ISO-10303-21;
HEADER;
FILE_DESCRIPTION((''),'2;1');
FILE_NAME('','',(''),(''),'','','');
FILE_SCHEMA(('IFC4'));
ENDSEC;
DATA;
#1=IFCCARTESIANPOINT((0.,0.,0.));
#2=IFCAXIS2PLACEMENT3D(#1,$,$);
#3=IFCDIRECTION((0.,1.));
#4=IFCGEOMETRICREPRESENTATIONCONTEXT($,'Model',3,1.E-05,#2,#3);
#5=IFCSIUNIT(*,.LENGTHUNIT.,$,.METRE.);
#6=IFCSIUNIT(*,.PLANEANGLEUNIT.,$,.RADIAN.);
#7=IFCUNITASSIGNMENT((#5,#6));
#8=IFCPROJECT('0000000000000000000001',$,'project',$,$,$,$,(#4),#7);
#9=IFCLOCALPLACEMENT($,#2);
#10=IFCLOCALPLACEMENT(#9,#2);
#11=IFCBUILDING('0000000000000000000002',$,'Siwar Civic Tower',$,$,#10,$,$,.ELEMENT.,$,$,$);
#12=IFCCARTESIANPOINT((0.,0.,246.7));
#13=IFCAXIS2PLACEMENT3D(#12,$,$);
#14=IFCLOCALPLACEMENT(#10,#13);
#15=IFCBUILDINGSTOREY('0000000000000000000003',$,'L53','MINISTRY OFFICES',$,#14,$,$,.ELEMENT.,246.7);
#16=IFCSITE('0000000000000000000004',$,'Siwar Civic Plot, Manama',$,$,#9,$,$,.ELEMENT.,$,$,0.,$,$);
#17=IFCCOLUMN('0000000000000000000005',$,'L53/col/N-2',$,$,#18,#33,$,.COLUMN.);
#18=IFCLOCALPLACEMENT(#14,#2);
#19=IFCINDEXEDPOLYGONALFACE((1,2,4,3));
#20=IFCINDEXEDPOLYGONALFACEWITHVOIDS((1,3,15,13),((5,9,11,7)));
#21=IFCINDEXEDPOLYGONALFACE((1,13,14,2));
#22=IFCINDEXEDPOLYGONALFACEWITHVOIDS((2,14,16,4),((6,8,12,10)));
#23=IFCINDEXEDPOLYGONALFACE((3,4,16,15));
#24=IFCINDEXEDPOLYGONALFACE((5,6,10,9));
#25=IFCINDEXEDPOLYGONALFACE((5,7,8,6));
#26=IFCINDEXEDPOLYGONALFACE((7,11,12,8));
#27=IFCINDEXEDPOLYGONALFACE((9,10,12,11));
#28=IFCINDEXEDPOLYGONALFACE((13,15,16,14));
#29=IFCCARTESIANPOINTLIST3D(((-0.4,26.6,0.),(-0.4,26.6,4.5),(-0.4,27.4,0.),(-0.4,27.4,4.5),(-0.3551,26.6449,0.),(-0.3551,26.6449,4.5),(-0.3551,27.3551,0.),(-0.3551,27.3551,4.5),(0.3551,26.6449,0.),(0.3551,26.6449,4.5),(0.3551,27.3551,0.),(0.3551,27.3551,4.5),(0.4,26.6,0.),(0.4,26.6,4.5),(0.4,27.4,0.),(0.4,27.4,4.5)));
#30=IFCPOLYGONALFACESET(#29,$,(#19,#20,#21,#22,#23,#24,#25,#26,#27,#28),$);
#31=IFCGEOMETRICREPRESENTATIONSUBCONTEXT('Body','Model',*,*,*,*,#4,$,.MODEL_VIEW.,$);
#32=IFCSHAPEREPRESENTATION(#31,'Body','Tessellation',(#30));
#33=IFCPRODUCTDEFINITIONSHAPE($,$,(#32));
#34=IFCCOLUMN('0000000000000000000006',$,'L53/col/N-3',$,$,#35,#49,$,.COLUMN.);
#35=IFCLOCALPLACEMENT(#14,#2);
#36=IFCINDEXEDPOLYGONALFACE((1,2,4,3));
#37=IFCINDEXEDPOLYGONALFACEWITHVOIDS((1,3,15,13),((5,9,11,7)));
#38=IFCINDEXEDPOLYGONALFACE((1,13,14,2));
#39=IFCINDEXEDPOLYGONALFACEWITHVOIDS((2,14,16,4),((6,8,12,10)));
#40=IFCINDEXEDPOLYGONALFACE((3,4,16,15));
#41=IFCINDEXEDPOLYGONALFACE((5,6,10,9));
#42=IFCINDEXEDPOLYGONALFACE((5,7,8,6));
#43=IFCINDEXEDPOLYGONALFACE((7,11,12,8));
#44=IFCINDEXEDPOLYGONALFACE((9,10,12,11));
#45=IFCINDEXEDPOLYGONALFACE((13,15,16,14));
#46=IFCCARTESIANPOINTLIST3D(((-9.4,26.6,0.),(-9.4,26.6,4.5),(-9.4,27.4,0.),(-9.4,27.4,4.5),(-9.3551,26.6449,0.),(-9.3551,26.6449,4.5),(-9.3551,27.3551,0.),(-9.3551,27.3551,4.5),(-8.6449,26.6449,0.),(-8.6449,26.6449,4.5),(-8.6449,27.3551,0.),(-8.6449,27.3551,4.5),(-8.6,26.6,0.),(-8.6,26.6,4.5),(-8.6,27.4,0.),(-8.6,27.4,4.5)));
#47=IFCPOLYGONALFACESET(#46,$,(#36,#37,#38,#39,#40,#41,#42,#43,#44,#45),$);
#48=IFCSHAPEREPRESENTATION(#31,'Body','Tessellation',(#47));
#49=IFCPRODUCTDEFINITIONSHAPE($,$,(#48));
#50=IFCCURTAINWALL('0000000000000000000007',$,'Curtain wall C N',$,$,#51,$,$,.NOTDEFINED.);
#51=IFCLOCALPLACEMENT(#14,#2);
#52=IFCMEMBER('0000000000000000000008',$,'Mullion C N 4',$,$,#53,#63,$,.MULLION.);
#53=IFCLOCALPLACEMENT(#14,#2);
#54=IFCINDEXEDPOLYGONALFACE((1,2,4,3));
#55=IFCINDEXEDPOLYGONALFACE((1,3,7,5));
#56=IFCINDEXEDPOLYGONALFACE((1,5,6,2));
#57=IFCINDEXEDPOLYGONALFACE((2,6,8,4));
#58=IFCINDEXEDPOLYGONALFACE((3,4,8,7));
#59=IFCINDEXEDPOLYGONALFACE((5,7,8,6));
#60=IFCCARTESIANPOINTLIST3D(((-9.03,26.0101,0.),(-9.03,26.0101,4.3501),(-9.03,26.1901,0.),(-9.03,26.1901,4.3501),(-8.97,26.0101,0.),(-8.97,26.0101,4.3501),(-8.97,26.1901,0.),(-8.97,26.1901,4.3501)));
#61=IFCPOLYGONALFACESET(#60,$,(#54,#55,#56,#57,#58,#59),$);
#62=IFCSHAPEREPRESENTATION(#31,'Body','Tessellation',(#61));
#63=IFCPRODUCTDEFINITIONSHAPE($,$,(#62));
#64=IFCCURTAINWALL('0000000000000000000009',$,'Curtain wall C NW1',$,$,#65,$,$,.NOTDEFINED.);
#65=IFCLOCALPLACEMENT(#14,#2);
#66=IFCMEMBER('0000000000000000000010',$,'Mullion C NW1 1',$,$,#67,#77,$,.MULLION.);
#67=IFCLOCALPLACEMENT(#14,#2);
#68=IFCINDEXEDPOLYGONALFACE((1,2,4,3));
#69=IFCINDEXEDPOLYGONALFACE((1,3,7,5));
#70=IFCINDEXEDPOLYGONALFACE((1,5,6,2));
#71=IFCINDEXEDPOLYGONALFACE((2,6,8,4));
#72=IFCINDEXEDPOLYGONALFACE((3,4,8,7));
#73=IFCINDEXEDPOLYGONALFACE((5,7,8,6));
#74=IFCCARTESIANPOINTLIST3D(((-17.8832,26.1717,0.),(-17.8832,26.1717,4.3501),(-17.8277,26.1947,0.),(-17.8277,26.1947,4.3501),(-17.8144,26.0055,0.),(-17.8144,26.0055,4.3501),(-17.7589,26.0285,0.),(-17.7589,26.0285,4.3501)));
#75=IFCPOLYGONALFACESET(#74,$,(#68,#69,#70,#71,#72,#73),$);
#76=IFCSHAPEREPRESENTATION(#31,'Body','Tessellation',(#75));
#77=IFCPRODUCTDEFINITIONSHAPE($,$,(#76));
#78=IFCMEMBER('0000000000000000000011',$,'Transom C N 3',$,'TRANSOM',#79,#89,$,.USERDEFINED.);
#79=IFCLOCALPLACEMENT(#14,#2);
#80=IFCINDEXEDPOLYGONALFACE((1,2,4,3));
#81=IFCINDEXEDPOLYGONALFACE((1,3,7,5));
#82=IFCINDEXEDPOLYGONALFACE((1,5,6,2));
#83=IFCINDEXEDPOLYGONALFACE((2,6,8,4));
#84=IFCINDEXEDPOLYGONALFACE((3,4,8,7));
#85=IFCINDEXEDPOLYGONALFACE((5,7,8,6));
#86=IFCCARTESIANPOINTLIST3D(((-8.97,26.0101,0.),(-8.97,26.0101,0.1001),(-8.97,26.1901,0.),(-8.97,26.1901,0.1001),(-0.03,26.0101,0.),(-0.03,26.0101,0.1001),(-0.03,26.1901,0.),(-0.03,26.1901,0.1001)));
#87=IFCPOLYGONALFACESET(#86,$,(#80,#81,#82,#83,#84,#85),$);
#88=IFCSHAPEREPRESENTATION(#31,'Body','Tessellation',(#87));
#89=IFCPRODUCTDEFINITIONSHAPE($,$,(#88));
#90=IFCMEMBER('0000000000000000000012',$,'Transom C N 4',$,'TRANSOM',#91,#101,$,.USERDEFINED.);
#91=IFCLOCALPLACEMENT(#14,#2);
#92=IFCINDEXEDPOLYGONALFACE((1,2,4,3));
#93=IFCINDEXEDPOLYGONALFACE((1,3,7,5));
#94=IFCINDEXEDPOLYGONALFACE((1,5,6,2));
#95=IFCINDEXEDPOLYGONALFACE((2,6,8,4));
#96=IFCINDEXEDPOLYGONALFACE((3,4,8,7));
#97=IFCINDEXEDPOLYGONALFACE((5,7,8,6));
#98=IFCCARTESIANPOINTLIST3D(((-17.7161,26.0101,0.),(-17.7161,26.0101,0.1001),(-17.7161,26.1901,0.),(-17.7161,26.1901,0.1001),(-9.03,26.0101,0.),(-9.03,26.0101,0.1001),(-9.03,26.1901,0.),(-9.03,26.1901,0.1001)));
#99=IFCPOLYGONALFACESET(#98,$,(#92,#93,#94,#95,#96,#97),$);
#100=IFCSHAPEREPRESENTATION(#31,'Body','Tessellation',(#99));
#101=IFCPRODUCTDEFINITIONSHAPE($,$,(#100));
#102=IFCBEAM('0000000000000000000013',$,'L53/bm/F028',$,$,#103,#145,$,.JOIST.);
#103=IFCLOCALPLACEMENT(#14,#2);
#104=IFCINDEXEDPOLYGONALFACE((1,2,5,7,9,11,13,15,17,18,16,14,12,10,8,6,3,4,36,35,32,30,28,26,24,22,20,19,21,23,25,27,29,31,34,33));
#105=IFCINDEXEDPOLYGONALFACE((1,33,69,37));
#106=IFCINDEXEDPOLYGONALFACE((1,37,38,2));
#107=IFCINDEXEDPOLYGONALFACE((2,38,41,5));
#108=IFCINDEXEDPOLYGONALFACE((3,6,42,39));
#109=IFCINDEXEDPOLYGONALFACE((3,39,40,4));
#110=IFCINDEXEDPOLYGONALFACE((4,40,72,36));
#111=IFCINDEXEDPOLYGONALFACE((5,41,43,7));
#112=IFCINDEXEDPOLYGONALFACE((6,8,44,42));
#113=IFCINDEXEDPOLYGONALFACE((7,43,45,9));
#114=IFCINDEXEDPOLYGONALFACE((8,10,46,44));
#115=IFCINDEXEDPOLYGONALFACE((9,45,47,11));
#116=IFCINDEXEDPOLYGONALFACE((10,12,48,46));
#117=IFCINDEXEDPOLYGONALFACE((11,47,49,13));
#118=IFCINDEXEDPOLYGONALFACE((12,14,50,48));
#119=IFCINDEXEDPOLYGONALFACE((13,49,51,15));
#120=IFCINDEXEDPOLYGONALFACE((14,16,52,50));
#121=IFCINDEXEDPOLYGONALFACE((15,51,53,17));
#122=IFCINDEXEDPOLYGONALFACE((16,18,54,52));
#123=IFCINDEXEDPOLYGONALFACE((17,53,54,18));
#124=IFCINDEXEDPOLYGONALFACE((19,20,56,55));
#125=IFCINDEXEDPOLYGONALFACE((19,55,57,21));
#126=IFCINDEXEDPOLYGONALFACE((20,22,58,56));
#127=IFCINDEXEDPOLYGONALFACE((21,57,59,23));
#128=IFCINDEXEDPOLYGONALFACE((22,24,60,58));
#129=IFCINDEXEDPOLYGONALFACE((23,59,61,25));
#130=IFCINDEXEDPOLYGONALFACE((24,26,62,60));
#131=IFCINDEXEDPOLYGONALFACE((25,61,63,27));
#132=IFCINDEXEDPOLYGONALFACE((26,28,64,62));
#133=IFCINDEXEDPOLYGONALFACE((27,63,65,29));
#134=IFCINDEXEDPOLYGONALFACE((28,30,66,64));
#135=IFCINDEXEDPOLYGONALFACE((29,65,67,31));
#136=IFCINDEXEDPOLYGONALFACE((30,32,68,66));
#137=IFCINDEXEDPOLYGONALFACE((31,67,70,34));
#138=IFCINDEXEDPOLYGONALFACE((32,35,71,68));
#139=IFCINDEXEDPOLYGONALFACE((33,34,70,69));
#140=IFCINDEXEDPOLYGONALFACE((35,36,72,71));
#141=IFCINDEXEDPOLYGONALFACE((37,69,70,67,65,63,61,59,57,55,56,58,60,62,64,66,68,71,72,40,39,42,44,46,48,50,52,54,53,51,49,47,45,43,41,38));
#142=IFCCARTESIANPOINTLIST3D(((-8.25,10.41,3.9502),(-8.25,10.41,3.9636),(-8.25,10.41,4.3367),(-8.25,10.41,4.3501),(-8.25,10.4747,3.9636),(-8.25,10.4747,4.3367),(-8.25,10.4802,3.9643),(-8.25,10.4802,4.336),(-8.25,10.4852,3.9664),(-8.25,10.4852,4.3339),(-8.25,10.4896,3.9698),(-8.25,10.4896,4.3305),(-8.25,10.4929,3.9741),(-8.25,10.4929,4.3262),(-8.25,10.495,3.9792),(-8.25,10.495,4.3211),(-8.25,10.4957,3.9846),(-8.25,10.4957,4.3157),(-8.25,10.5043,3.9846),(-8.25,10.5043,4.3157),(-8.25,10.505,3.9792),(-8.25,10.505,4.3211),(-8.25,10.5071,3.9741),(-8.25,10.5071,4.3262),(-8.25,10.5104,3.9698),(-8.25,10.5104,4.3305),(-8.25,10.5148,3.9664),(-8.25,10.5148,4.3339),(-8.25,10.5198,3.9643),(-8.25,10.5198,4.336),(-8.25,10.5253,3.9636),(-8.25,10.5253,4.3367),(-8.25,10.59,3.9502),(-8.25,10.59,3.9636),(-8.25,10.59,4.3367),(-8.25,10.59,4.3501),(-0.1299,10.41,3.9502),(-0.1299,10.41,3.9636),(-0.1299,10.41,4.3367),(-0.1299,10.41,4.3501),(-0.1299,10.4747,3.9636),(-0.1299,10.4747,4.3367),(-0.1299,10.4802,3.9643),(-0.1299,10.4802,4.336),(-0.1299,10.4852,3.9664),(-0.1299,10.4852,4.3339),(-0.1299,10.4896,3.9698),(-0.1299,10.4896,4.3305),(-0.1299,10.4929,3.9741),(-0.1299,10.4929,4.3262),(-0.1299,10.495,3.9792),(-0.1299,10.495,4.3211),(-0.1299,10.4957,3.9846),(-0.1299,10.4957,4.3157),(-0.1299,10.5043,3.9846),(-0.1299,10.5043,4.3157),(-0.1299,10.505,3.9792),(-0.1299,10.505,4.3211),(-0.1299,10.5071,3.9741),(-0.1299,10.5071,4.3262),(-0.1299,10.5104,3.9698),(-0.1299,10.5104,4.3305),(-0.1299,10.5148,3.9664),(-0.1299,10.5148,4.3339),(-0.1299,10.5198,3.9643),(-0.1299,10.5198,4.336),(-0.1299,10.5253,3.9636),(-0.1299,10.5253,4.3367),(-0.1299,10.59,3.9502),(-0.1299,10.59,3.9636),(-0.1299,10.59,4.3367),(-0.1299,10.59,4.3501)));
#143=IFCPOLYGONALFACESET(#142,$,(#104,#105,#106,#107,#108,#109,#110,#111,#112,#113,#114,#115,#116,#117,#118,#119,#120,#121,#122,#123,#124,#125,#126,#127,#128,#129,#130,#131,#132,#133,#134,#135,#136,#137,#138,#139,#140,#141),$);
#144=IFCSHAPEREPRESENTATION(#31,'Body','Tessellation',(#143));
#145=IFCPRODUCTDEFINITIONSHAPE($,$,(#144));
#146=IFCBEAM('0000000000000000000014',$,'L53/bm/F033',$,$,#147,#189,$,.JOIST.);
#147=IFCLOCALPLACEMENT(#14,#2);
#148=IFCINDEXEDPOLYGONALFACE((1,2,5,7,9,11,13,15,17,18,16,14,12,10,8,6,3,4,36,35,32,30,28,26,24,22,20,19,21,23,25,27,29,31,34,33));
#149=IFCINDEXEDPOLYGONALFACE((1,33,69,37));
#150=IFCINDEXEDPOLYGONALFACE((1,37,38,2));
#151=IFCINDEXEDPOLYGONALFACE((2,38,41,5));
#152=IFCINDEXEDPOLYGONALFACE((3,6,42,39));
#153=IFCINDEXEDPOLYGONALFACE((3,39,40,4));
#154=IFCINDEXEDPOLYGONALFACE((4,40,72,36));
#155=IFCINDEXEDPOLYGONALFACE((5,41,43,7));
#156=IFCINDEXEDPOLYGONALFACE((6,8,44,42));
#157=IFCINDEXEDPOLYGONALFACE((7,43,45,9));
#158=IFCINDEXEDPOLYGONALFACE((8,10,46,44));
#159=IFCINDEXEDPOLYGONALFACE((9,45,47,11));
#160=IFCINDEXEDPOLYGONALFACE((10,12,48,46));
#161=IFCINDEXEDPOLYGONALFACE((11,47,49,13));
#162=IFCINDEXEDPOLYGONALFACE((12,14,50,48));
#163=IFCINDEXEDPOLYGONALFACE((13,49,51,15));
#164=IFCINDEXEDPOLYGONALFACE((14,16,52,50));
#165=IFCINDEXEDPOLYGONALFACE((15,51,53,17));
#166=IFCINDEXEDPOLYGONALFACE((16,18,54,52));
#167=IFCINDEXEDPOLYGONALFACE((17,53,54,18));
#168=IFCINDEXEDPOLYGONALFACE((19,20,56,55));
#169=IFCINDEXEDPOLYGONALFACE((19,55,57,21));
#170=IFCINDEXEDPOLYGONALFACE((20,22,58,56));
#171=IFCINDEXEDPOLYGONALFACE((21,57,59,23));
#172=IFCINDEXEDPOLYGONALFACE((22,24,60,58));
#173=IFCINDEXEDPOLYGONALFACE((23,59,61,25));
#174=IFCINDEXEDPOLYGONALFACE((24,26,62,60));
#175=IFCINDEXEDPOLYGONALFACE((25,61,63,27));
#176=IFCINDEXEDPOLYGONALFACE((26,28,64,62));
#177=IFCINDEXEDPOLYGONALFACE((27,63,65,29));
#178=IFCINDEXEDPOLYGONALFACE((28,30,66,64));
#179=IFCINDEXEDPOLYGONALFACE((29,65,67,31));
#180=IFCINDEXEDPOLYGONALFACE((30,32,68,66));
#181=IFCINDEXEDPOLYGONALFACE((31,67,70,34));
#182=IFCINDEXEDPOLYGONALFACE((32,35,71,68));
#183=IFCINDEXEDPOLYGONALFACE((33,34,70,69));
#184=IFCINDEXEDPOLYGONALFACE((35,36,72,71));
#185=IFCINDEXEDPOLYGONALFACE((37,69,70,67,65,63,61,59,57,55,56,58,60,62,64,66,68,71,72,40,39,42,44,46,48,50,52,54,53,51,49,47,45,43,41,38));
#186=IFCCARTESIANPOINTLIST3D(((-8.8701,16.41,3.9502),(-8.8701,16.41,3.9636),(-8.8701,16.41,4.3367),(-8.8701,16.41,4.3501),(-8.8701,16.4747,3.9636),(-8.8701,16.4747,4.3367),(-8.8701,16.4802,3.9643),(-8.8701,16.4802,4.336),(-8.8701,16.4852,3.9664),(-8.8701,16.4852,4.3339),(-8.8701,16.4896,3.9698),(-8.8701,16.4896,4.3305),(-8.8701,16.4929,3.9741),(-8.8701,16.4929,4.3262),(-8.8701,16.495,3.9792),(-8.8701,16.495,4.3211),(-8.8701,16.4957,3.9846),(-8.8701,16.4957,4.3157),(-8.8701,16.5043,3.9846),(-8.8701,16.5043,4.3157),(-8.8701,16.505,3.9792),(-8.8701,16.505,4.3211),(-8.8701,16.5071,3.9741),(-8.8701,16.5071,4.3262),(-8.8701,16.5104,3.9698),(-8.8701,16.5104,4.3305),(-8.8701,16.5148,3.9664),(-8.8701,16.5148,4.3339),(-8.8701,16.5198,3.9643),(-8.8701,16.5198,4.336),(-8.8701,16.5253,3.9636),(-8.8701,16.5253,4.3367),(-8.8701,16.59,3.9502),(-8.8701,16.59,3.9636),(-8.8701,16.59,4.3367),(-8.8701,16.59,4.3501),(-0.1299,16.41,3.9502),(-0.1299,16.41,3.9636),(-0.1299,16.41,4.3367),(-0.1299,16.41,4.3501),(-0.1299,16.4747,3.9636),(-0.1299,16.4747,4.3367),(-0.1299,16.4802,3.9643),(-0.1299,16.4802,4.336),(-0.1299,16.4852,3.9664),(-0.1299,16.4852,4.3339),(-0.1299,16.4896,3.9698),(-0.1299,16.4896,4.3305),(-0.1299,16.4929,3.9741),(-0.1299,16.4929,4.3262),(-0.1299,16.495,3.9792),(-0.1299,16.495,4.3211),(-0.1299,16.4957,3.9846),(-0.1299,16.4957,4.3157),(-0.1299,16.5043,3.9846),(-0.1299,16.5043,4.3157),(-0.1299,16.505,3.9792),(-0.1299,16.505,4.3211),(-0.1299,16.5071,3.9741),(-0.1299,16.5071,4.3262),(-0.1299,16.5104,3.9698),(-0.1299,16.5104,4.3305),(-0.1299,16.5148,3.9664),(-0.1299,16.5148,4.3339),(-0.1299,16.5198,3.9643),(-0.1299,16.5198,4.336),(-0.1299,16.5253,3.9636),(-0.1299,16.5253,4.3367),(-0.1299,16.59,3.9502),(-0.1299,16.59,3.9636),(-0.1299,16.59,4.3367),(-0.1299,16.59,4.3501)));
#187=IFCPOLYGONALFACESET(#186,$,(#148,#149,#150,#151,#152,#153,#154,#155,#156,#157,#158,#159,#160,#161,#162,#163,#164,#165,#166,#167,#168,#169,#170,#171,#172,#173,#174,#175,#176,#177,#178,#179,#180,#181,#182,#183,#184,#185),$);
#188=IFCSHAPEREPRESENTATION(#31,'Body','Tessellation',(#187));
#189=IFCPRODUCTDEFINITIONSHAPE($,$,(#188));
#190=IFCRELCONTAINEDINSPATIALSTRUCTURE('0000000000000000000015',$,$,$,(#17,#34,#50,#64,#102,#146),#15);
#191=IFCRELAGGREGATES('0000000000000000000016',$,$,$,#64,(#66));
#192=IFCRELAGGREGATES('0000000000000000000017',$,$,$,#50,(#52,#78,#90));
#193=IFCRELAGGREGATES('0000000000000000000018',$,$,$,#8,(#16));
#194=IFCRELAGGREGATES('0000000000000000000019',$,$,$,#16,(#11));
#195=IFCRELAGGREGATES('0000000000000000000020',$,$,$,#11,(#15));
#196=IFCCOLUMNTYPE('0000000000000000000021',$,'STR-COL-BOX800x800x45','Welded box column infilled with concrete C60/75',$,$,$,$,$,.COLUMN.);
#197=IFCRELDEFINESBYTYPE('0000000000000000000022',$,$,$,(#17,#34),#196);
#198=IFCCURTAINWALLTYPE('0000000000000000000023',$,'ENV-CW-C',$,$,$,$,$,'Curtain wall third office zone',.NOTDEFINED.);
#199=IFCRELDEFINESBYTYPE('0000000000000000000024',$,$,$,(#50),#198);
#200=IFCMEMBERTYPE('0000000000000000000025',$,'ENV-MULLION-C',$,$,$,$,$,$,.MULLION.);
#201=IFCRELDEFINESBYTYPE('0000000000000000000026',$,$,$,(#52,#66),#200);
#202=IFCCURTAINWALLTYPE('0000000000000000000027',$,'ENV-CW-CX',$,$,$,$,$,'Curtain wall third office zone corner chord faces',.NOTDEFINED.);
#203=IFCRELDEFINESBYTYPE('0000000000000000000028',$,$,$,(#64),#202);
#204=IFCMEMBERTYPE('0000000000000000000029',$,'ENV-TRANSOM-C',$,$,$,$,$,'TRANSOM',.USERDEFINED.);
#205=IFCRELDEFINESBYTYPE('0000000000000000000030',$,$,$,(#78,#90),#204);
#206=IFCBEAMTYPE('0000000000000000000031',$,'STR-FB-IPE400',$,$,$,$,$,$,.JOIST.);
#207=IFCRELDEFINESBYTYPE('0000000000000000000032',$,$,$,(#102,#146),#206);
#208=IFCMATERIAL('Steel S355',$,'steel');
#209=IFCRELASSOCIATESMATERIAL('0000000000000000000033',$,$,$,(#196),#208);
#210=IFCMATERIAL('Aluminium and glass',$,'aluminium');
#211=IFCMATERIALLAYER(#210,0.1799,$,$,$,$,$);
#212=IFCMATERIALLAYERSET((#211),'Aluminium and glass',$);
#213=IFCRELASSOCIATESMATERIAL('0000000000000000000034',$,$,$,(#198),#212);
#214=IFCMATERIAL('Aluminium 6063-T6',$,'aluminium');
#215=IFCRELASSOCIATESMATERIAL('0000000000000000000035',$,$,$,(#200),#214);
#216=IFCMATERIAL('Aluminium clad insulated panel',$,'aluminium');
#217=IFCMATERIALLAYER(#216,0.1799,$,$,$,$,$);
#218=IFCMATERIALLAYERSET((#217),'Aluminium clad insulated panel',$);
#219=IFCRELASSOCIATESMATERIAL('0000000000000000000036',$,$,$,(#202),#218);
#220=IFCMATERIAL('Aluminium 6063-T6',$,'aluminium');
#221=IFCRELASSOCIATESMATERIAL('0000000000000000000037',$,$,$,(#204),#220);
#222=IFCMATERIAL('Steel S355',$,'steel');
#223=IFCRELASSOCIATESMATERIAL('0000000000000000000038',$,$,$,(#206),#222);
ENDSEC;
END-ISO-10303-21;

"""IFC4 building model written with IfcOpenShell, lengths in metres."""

from ifc_helpers import new_model, si_unit, direction, frame, origin, origin_2d, place, context, subcontext, project, spatial, rectangle, hollow_rectangle, i_section, extrude, material, layer, layer_set, material_profile, profile_set, type_object, element, aggregate, save


model = new_model("IFC4")

# Units and contexts
model_context = context("Model", 3, precision=1e-05, world=origin(), true_north=direction((0.0, 1.0)))
body_context = subcontext(model_context, "Body", "Model", "MODEL_VIEW")
ifc_project = project(units=[si_unit("LENGTHUNIT", "METRE"), si_unit("PLANEANGLEUNIT", "RADIAN")], contexts=[model_context])

# Site, building, storey
site_placement = place(None, origin())
site = spatial("IfcSite", under=ifc_project, at=site_placement, Name="Siwar Civic Plot, Manama", CompositionType="ELEMENT", RefElevation=0.0)
building_placement = place(site_placement, origin())
building = spatial("IfcBuilding", under=site, at=building_placement, Name="Siwar Civic Tower", CompositionType="ELEMENT")
storey_placement = place(building_placement, frame((0.0, 0.0, 246.7)))
storey = spatial("IfcBuildingStorey", under=building, at=storey_placement, Name="L53", Description="MINISTRY OFFICES", CompositionType="ELEMENT", Elevation=246.7)

# Columns
ifc_material_1 = material(Name="Steel S355", Category="steel")
ifc_material_profile_1 = material_profile(ifc_material_1, hollow_rectangle(XDim=0.8, YDim=0.8, WallThickness=0.0449, at=origin_2d()), Name="BOX800x800x45")
ifc_profile_set_1 = profile_set([ifc_material_profile_1], Name="Steel S355")
column_type = type_object("IfcColumnType", Name="STR-COL-BOX800x800x45", Description="Welded box column infilled with concrete C60/75", PredefinedType="COLUMN", material=ifc_profile_set_1)
for number, where, z_axis, x_axis, name in (
    (1, (0.0, 27.0, 0.0), (0.0, 0.0, 1.0), (1.0, 0.0, 0.0), "L53/col/N-2"),
    (2, (-9.0, 27.0, 0.0), (0.0, 0.0, 1.0), (1.0, 0.0, 0.0), "L53/col/N-3"),
):
    element("IfcColumn", number, at=place(storey_placement, frame(where, z_axis=z_axis, x_axis=x_axis)), inside=storey, type_object=column_type, Name=name, PredefinedType="COLUMN", context=body_context, shape_type="SweptSolid", body=[
        extrude(hollow_rectangle(XDim=0.8, YDim=0.8, WallThickness=0.0449, at=origin_2d()), origin(), (0.0, 0.0, 1.0), 4.5),
    ])

# Curtain walls, members
ifc_material_2 = material(Name="Aluminium and glass", Category="aluminium")
ifc_layer_1 = layer(ifc_material_2, 0.1799)
ifc_layer_set_1 = layer_set([ifc_layer_1], Name="Aluminium and glass")
curtain_wall_type_1 = type_object("IfcCurtainWallType", Name="ENV-CW-C", ElementType="Curtain wall third office zone", PredefinedType="NOTDEFINED", material=ifc_layer_set_1)
curtain_wall_1_placement = place(storey_placement, origin())
curtain_wall_1 = element("IfcCurtainWall", 3, at=curtain_wall_1_placement, inside=storey, type_object=curtain_wall_type_1, Name="Curtain wall C N", PredefinedType="NOTDEFINED")
ifc_material_3 = material(Name="Aluminium 6063-T6", Category="aluminium")
ifc_material_profile_2 = material_profile(ifc_material_3, rectangle(XDim=0.1799, YDim=0.0601, at=origin_2d()), Name="AL 180x60")
ifc_profile_set_2 = profile_set([ifc_material_profile_2], Name="Aluminium 6063-T6")
member_type_1 = type_object("IfcMemberType", Name="ENV-MULLION-C", PredefinedType="MULLION", material=ifc_profile_set_2)
member_1_placement = place(storey_placement, frame((-9.0, 26.1001, 0.0), z_axis=(0.0, 0.0, 1.0), x_axis=(0.0, -1.0, 0.0)))
member_1 = element("IfcMember", 4, at=member_1_placement, type_object=member_type_1, Name="Mullion C N 4", PredefinedType="MULLION", context=body_context, shape_type="SweptSolid", body=[
    extrude(rectangle(XDim=0.1799, YDim=0.0601, at=origin_2d()), origin(), (0.0, 0.0, 1.0), 4.3501),
])
ifc_material_4 = material(Name="Aluminium clad insulated panel", Category="aluminium")
ifc_layer_2 = layer(ifc_material_4, 0.1799)
ifc_layer_set_2 = layer_set([ifc_layer_2], Name="Aluminium clad insulated panel")
curtain_wall_type_2 = type_object("IfcCurtainWallType", Name="ENV-CW-CX", ElementType="Curtain wall third office zone corner chord faces", PredefinedType="NOTDEFINED", material=ifc_layer_set_2)
curtain_wall_2_placement = place(storey_placement, origin())
curtain_wall_2 = element("IfcCurtainWall", 5, at=curtain_wall_2_placement, inside=storey, type_object=curtain_wall_type_2, Name="Curtain wall C NW1", PredefinedType="NOTDEFINED")
member_2_placement = place(storey_placement, frame((-17.821, 26.1001, 0.0), z_axis=(0.0, 0.0, 1.0), x_axis=(0.382683, -0.92388, 0.0)))
member_2 = element("IfcMember", 6, at=member_2_placement, type_object=member_type_1, Name="Mullion C NW1 1", PredefinedType="MULLION", context=body_context, shape_type="SweptSolid", body=[
    extrude(rectangle(XDim=0.1799, YDim=0.0601, at=origin_2d()), origin(), (0.0, 0.0, 1.0), 4.3501),
])
aggregate(curtain_wall_2, [member_2])

# Members
ifc_material_5 = material(Name="Aluminium 6063-T6", Category="aluminium")
ifc_material_profile_3 = material_profile(ifc_material_5, rectangle(XDim=0.1799, YDim=0.1001, at=origin_2d()), Name="AL 180x100")
ifc_profile_set_3 = profile_set([ifc_material_profile_3], Name="Aluminium 6063-T6")
member_type_2 = type_object("IfcMemberType", Name="ENV-TRANSOM-C", ElementType="TRANSOM", PredefinedType="USERDEFINED", material=ifc_profile_set_3)
member_3_placement = place(storey_placement, frame((-0.03, 26.1001, 0.05), z_axis=(-1.0, 0.0, 0.0), x_axis=(0.0, -1.0, 0.0)))
member_3 = element("IfcMember", 7, at=member_3_placement, type_object=member_type_2, Name="Transom C N 3", ObjectType="TRANSOM", PredefinedType="USERDEFINED", context=body_context, shape_type="SweptSolid", body=[
    extrude(rectangle(XDim=0.1799, YDim=0.1001, at=origin_2d()), origin(), (0.0, 0.0, 1.0), 8.9399),
])
member_4_placement = place(storey_placement, frame((-9.03, 26.1001, 0.05), z_axis=(-1.0, 0.0, 0.0), x_axis=(0.0, -1.0, 0.0)))
member_4 = element("IfcMember", 8, at=member_4_placement, type_object=member_type_2, Name="Transom C N 4", ObjectType="TRANSOM", PredefinedType="USERDEFINED", context=body_context, shape_type="SweptSolid", body=[
    extrude(rectangle(XDim=0.1799, YDim=0.1001, at=origin_2d()), origin(), (0.0, 0.0, 1.0), 8.686),
])

# Beams
ifc_material_6 = material(Name="Steel S355", Category="steel")
ifc_material_profile_4 = material_profile(ifc_material_6, i_section(OverallWidth=0.1799, OverallDepth=0.3999, WebThickness=0.0085, FlangeThickness=0.0134, FilletRadius=0.021, at=origin_2d()), Name="IPE400")
ifc_profile_set_4 = profile_set([ifc_material_profile_4], Name="Steel S355")
beam_type_1 = type_object("IfcBeamType", Name="STR-FB-IPE400", PredefinedType="JOIST", material=ifc_profile_set_4)
beam_1_placement = place(storey_placement, frame((-8.25, 10.5, 4.1501), z_axis=(1.0, 0.0, 0.0), x_axis=(0.0, 1.0, 0.0)))
element("IfcBeam", 9, at=beam_1_placement, inside=storey, type_object=beam_type_1, Name="L53/bm/F028", PredefinedType="JOIST", context=body_context, shape_type="SweptSolid", body=[
    extrude(i_section(OverallWidth=0.1799, OverallDepth=0.3999, WebThickness=0.0085, FlangeThickness=0.0134, FilletRadius=0.021, at=origin_2d()), origin(), (0.0, 0.0, 1.0), 8.1201),
])
for number, where, z_axis, x_axis, name in (
    (10, (-8.8701, 16.5, 4.1501), (1.0, 0.0, 0.0), (0.0, 1.0, 0.0), "L53/bm/F033"),
):
    element("IfcBeam", number, at=place(storey_placement, frame(where, z_axis=z_axis, x_axis=x_axis)), inside=storey, type_object=beam_type_1, Name=name, PredefinedType="JOIST", context=body_context, shape_type="SweptSolid", body=[
        extrude(i_section(OverallWidth=0.1799, OverallDepth=0.3999, WebThickness=0.0085, FlangeThickness=0.0134, FilletRadius=0.021, at=origin_2d()), origin(), (0.0, 0.0, 1.0), 8.7402),
    ])

aggregate(curtain_wall_1, [member_1, member_3, member_4])

save(model, "model.ifc")
